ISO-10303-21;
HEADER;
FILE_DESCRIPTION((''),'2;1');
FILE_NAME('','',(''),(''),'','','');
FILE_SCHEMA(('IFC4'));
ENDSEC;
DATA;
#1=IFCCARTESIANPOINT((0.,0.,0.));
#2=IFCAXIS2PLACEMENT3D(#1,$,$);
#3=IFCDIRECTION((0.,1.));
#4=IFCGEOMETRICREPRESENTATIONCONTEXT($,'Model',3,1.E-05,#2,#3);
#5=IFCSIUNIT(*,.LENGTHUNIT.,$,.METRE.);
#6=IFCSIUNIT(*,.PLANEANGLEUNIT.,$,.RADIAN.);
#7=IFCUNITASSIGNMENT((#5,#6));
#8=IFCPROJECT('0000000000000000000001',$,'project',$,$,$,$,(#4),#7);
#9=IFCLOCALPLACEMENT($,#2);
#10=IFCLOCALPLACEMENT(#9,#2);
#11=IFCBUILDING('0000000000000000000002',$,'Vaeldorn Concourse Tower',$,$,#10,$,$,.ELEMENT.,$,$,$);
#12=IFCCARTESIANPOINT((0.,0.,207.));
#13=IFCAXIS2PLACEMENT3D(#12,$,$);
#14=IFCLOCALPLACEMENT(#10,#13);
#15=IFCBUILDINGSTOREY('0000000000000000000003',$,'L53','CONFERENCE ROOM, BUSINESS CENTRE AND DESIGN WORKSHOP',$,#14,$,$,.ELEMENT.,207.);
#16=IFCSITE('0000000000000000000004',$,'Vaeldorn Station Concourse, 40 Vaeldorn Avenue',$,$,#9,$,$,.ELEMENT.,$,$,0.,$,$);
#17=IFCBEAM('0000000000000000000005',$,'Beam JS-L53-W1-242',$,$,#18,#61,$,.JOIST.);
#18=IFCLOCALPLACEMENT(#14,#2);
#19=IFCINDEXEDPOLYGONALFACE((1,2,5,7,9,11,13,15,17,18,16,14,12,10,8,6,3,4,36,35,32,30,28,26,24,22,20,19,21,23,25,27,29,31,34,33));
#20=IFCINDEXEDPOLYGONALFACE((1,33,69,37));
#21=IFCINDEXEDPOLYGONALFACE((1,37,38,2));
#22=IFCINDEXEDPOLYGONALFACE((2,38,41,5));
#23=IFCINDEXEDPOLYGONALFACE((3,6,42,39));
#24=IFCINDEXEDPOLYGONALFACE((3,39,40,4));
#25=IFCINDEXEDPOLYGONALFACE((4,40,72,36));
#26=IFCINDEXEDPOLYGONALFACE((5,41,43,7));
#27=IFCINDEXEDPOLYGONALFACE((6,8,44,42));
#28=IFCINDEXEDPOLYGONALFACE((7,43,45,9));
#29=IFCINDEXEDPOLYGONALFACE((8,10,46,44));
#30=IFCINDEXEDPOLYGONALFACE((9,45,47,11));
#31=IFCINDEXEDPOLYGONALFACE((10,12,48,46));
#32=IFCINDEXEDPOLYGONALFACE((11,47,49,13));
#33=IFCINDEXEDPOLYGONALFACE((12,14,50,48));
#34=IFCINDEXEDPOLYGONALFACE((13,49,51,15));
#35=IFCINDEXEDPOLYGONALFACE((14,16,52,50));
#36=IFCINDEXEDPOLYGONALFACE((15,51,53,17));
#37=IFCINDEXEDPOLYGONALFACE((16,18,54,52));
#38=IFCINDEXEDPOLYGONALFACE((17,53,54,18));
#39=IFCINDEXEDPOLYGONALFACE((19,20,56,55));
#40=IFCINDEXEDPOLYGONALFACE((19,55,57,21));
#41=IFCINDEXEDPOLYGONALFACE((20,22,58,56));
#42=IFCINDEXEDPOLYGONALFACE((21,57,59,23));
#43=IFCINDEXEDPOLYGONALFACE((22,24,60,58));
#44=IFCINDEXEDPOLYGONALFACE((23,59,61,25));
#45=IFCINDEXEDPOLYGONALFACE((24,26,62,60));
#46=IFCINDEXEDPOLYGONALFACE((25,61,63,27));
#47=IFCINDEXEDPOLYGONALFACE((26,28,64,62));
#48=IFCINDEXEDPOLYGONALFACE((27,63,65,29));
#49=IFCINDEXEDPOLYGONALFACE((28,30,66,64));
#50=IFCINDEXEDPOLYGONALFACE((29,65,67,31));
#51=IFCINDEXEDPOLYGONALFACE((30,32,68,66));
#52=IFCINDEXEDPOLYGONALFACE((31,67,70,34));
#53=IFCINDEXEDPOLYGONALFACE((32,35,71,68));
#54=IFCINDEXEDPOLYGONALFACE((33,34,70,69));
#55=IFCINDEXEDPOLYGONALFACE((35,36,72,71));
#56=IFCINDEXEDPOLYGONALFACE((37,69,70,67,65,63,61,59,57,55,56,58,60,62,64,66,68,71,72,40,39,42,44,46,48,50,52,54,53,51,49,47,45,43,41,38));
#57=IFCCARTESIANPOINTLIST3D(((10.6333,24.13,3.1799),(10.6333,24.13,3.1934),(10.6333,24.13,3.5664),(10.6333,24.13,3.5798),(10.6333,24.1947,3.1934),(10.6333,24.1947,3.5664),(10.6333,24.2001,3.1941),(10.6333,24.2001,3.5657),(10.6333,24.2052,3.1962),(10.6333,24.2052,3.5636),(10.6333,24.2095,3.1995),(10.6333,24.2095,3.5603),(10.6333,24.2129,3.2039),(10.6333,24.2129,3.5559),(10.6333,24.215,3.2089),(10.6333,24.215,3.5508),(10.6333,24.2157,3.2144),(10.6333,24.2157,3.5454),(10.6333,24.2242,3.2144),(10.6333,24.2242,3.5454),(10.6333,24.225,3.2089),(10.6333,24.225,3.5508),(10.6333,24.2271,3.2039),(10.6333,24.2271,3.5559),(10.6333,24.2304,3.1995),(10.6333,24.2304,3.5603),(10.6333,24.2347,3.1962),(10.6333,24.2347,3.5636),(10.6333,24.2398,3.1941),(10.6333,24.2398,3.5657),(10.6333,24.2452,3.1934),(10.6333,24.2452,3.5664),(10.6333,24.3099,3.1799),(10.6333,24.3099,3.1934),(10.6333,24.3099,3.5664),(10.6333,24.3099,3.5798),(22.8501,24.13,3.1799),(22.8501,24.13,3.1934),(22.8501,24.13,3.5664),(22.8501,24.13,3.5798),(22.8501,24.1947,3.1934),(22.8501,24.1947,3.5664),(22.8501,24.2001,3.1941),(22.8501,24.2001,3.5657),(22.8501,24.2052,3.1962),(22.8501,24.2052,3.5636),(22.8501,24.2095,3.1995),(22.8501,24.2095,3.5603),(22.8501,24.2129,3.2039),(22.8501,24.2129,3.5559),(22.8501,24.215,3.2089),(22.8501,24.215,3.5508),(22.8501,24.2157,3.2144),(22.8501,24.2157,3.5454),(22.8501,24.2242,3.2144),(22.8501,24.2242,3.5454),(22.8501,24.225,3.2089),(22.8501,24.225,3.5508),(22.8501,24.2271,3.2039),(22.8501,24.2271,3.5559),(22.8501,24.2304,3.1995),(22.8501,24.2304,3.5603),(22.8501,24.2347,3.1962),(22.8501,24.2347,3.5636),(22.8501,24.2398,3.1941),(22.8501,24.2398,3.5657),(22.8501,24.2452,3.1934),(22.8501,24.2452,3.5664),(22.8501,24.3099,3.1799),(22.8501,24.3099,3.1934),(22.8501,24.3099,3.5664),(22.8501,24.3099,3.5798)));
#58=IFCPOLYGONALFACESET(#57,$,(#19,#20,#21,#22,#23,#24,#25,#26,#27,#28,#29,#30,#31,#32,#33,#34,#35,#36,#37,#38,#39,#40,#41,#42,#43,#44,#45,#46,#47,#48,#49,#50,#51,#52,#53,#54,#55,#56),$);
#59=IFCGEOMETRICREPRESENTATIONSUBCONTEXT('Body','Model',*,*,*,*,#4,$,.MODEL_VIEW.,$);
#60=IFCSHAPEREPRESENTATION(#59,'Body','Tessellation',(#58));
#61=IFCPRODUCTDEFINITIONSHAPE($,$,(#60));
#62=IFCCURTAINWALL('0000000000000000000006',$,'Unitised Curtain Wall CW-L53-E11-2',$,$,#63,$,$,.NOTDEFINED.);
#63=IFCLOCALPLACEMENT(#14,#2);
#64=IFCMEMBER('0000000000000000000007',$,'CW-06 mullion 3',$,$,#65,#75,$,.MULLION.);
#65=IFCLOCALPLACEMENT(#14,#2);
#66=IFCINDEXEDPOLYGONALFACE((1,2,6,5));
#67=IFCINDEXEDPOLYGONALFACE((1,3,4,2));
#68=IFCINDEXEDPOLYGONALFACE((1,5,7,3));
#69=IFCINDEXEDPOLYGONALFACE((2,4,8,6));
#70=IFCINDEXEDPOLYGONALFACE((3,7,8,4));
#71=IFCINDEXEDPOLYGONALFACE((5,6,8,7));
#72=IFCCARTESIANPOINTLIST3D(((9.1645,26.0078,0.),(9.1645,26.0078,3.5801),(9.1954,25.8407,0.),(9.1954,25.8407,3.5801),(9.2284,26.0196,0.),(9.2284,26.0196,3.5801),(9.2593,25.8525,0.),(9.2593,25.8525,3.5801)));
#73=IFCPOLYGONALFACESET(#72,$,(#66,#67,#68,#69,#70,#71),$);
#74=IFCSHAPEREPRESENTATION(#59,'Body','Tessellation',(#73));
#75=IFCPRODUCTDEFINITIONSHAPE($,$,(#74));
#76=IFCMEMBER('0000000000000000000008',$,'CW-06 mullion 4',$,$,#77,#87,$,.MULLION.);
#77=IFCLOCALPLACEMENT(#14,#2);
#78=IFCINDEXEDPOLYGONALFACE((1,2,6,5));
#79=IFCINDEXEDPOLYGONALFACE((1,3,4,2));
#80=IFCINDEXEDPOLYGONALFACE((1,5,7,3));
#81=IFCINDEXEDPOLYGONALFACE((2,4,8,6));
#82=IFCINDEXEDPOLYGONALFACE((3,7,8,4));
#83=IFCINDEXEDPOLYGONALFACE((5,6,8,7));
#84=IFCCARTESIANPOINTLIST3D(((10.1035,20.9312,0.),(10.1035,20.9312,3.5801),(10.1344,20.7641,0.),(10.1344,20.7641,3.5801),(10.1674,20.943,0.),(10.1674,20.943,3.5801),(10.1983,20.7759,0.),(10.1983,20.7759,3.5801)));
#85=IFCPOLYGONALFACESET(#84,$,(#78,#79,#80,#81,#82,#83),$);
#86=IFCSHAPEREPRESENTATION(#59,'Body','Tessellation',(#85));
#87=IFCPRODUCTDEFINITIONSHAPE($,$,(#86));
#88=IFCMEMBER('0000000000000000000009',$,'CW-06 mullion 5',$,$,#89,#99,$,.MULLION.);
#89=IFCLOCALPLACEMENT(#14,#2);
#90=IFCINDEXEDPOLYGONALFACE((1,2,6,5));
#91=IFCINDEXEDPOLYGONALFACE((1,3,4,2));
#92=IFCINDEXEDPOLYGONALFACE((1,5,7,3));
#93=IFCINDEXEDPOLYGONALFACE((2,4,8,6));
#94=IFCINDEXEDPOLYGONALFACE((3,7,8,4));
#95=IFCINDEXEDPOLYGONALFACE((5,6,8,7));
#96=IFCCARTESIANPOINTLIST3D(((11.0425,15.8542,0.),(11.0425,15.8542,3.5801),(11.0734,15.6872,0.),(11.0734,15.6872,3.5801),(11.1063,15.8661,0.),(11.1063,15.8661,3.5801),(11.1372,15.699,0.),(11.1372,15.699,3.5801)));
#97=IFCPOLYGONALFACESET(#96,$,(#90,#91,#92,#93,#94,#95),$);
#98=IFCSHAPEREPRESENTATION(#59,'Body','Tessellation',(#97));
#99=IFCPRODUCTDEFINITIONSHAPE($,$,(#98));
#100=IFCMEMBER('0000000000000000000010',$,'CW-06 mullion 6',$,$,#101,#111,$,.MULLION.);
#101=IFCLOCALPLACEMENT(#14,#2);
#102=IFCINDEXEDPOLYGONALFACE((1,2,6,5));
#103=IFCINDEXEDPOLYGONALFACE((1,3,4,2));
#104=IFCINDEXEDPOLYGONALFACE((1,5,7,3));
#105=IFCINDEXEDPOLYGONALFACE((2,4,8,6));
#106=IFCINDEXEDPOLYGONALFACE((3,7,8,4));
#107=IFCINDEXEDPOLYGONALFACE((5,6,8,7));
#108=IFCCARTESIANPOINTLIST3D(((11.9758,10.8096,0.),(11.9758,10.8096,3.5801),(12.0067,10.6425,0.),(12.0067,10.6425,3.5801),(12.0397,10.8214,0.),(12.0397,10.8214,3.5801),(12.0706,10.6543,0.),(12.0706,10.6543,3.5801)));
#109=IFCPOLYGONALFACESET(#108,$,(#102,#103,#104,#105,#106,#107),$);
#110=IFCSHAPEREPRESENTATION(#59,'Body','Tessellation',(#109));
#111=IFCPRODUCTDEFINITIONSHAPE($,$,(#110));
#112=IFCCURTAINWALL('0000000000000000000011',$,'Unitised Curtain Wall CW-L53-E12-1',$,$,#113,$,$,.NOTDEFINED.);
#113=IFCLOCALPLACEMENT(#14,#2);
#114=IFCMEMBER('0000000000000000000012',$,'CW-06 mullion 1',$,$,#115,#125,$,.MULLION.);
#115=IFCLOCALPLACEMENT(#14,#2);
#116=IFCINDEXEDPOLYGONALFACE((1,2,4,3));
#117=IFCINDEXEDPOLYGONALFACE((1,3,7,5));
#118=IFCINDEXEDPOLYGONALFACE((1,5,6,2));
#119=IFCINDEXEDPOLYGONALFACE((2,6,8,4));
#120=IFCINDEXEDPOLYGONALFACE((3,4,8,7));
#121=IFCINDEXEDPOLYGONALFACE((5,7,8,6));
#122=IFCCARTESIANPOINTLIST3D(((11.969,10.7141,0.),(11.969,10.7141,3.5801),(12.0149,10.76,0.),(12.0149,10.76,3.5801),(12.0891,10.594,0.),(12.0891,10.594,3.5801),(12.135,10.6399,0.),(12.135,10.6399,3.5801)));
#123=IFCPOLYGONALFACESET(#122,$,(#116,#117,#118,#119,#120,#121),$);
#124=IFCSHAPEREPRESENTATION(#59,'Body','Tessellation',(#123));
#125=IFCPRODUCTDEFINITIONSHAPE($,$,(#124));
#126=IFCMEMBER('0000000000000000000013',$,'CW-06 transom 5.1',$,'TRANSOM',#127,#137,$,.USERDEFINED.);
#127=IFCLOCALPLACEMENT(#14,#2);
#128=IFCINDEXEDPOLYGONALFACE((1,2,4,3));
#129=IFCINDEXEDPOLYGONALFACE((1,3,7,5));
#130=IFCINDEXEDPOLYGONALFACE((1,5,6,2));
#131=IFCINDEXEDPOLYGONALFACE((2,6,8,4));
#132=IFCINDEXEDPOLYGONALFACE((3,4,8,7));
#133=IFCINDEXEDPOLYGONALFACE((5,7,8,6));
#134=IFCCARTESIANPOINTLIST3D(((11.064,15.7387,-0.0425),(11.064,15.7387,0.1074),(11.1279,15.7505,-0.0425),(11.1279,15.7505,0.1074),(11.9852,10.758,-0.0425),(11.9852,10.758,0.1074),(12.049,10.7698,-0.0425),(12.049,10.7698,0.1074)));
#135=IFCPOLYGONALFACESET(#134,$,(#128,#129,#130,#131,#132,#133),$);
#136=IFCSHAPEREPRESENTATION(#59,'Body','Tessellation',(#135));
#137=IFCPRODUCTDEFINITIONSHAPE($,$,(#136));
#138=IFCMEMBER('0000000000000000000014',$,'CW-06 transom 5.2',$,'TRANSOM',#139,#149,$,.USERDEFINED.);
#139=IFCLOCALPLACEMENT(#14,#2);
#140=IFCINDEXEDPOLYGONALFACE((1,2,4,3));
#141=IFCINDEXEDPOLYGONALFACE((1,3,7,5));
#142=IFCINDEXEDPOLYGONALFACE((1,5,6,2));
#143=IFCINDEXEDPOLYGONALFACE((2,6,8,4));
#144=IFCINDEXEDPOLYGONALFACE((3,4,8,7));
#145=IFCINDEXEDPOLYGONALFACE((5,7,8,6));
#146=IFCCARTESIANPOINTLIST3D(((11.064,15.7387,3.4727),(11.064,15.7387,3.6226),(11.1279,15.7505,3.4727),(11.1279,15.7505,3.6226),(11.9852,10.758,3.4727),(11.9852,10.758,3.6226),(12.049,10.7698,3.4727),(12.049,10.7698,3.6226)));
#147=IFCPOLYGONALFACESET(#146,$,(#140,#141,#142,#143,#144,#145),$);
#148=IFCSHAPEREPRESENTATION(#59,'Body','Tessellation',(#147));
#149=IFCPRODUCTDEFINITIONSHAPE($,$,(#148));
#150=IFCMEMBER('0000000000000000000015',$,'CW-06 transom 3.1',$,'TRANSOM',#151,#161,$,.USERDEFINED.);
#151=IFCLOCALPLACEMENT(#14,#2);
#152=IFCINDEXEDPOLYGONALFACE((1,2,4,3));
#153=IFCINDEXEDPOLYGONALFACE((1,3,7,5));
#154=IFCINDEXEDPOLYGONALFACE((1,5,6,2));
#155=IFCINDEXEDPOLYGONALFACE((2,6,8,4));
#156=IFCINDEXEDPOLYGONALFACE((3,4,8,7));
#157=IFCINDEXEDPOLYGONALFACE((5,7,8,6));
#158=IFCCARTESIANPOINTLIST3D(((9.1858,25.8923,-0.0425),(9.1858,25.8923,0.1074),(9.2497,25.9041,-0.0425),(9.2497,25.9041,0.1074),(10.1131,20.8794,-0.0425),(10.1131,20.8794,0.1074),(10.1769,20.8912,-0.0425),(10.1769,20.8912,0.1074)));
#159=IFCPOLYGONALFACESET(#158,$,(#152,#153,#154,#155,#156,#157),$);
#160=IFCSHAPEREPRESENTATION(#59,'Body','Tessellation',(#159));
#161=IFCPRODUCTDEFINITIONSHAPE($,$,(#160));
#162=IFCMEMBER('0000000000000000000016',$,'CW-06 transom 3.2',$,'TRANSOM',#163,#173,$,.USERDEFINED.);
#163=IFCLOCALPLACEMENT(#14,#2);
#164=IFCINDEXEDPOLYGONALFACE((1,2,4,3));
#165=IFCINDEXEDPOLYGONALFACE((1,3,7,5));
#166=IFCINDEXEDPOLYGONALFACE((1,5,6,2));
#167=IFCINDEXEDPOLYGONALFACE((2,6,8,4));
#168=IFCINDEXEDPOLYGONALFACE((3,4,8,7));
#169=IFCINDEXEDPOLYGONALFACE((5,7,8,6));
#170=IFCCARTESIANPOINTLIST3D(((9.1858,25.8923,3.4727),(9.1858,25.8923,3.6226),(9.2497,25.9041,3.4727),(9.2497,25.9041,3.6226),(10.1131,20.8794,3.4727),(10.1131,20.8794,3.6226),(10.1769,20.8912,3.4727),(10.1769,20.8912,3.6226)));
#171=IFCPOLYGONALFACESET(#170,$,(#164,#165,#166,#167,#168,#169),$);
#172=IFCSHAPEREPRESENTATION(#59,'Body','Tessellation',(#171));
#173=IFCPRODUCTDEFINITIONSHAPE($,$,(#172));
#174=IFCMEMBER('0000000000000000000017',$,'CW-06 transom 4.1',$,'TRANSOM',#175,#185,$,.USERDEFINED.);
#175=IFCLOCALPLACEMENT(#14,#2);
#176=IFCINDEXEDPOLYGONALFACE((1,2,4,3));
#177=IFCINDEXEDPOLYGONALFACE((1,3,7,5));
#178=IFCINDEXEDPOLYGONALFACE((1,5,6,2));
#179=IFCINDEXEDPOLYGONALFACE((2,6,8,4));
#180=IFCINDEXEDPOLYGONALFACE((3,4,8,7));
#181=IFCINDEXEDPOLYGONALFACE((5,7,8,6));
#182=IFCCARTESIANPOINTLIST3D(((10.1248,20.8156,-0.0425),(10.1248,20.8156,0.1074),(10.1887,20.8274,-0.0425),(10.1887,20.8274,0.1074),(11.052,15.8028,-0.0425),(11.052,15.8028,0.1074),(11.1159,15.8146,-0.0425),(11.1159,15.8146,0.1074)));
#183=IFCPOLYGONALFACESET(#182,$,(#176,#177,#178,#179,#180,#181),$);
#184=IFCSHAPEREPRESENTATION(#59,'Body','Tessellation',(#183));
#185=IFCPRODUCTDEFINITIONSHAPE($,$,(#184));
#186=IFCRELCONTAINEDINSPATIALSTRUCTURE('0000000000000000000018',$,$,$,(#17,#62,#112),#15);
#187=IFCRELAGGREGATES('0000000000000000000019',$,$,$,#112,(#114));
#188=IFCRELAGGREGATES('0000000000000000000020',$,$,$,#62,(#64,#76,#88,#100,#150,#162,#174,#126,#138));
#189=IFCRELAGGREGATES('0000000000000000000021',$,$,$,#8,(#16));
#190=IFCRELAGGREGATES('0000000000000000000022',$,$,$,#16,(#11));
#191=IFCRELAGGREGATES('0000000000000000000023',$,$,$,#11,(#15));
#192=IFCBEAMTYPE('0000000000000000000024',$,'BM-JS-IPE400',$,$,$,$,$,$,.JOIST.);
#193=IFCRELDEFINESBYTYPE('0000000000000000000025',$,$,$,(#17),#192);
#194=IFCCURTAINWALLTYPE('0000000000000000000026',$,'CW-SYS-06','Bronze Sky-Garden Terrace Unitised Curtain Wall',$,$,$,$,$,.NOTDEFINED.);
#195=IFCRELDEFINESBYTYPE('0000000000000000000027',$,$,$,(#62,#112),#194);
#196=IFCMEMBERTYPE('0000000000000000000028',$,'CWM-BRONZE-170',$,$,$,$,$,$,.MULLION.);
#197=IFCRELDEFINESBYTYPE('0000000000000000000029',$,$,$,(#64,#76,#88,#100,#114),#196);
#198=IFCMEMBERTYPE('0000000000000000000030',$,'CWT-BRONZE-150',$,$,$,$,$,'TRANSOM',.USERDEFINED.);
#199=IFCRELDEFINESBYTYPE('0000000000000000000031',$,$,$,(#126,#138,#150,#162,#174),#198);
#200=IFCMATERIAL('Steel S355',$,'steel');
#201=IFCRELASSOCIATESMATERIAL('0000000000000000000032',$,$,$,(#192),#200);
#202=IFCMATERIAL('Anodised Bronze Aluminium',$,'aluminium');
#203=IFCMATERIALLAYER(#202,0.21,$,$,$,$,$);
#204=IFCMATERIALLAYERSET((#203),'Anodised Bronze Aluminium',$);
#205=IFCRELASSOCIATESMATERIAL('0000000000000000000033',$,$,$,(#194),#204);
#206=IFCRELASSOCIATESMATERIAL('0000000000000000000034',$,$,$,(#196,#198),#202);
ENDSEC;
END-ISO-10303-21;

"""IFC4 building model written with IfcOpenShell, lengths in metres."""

from ifc_helpers import new_model, si_unit, direction, frame, origin, origin_2d, place, context, subcontext, project, spatial, rectangle, i_section, extrude, source, transform, mapped, material, layer, layer_set, material_profile, profile_set, type_object, element, aggregate, save


model = new_model("IFC4")

# Units and contexts
model_context = context("Model", 3, precision=1e-05, world=origin(), true_north=direction((0.0, 1.0)))
body_context = subcontext(model_context, "Body", "Model", "MODEL_VIEW")
ifc_project = project(units=[si_unit("LENGTHUNIT", "METRE"), si_unit("PLANEANGLEUNIT", "RADIAN")], contexts=[model_context])

# Site, building, storey
site_placement = place(None, origin())
site = spatial("IfcSite", under=ifc_project, at=site_placement, Name="Vaeldorn Station Concourse, 40 Vaeldorn Avenue", CompositionType="ELEMENT", RefElevation=0.0)
building_placement = place(site_placement, origin())
building = spatial("IfcBuilding", under=site, at=building_placement, Name="Vaeldorn Concourse Tower", CompositionType="ELEMENT")
storey_placement = place(building_placement, frame((0.0, 0.0, 207.0)))
storey = spatial("IfcBuildingStorey", under=building, at=storey_placement, Name="L53", Description="CONFERENCE ROOM, BUSINESS CENTRE AND DESIGN WORKSHOP", CompositionType="ELEMENT", Elevation=207.0)

# Shared definitions
ifc_material_1 = material(Name="Steel S355", Category="steel")

# Beam
ifc_material_profile_1 = material_profile(ifc_material_1, i_section(OverallWidth=0.1799, OverallDepth=0.3999, WebThickness=0.0085, FlangeThickness=0.0134, FilletRadius=0.021, at=origin_2d()), Name="IPE 400")
ifc_profile_set_1 = profile_set([ifc_material_profile_1], Name="Steel S355")
beam_type_1 = type_object("IfcBeamType", Name="BM-JS-IPE400", PredefinedType="JOIST", material=ifc_profile_set_1)
shared_shape_1 = source(origin(), body_context, "Body", "SweptSolid", [
    extrude(i_section(OverallWidth=0.1799, OverallDepth=0.3999, WebThickness=0.0085, FlangeThickness=0.0134, FilletRadius=0.021, at=origin_2d()), origin(), (0.0, 0.0, 1.0), 12.2168),
])
beam_1_placement = place(storey_placement, frame((10.6333, 24.22, 3.3799), z_axis=(1.0, 0.0, 0.0), x_axis=(0.0, 1.0, 0.0)))
element("IfcBeam", 1, at=beam_1_placement, inside=storey, type_object=beam_type_1, Name="Beam JS-L53-W1-242", PredefinedType="JOIST", context=body_context, shape_type="MappedRepresentation", body=[
    mapped(shared_shape_1, transform((0.0, 0.0, 0.0), scale=1.0)),
])

# Curtain wall, members
ifc_material_2 = material(Name="Anodised Bronze Aluminium", Category="aluminium")
ifc_layer_1 = layer(ifc_material_2, 0.21)
ifc_layer_set_1 = layer_set([ifc_layer_1], Name="Anodised Bronze Aluminium")
curtain_wall_type = type_object("IfcCurtainWallType", Name="CW-SYS-06", Description="Bronze Sky-Garden Terrace Unitised Curtain Wall", PredefinedType="NOTDEFINED", material=ifc_layer_set_1)
curtain_wall_1_placement = place(storey_placement, origin())
curtain_wall_1 = element("IfcCurtainWall", 2, at=curtain_wall_1_placement, inside=storey, type_object=curtain_wall_type, Name="Unitised Curtain Wall CW-L53-E11-2", PredefinedType="NOTDEFINED")
ifc_material_profile_2 = material_profile(ifc_material_2, rectangle(XDim=0.0649, YDim=0.1699, at=origin_2d()), Name="CWM 65x170")
ifc_profile_set_2 = profile_set([ifc_material_profile_2], Name="Anodised Bronze Aluminium")
member_type_1 = type_object("IfcMemberType", Name="CWM-BRONZE-170", PredefinedType="MULLION", material=ifc_profile_set_2)
shared_shape_2 = source(origin(), body_context, "Body", "SweptSolid", [
    extrude(rectangle(XDim=0.0649, YDim=0.1699, at=origin_2d()), origin(), (0.0, 0.0, 1.0), 3.5801),
])
member_1_placement = place(storey_placement, frame((9.2119, 25.9302, 0.0), z_axis=(0.0, 0.0, 1.0), x_axis=(0.983319, 0.181889, 0.0)))
member_1 = element("IfcMember", 3, at=member_1_placement, type_object=member_type_1, Name="CW-06 mullion 3", PredefinedType="MULLION", context=body_context, shape_type="MappedRepresentation", body=[
    mapped(shared_shape_2, transform((0.0, 0.0, 0.0), scale=1.0)),
])
member_2_placement = place(storey_placement, frame((10.1509, 20.8535, 0.0), z_axis=(0.0, 0.0, 1.0), x_axis=(0.983319, 0.181889, 0.0)))
member_2 = element("IfcMember", 4, at=member_2_placement, type_object=member_type_1, Name="CW-06 mullion 4", PredefinedType="MULLION", context=body_context, shape_type="MappedRepresentation", body=[
    mapped(shared_shape_2, transform((0.0, 0.0, 0.0), scale=1.0)),
])
member_3_placement = place(storey_placement, frame((11.0898, 15.7766, 0.0), z_axis=(0.0, 0.0, 1.0), x_axis=(0.983319, 0.181889, 0.0)))
member_3 = element("IfcMember", 5, at=member_3_placement, type_object=member_type_1, Name="CW-06 mullion 5", PredefinedType="MULLION", context=body_context, shape_type="MappedRepresentation", body=[
    mapped(shared_shape_2, transform((0.0, 0.0, 0.0), scale=1.0)),
])
member_4_placement = place(storey_placement, frame((12.0232, 10.7319, 0.0), z_axis=(0.0, 0.0, 1.0), x_axis=(0.983319, 0.181889, 0.0)))
member_4 = element("IfcMember", 6, at=member_4_placement, type_object=member_type_1, Name="CW-06 mullion 6", PredefinedType="MULLION", context=body_context, shape_type="MappedRepresentation", body=[
    mapped(shared_shape_2, transform((0.0, 0.0, 0.0), scale=1.0)),
])

# Curtain wall, member
curtain_wall_2_placement = place(storey_placement, origin())
curtain_wall_2 = element("IfcCurtainWall", 7, at=curtain_wall_2_placement, inside=storey, type_object=curtain_wall_type, Name="Unitised Curtain Wall CW-L53-E12-1", PredefinedType="NOTDEFINED")
member_5_placement = place(storey_placement, frame((12.052, 10.677, 0.0), z_axis=(0.0, 0.0, 1.0), x_axis=(0.707107, 0.707107, 0.0)))
member_5 = element("IfcMember", 8, at=member_5_placement, type_object=member_type_1, Name="CW-06 mullion 1", PredefinedType="MULLION", context=body_context, shape_type="MappedRepresentation", body=[
    mapped(shared_shape_2, transform((0.0, 0.0, 0.0), scale=1.0)),
])
aggregate(curtain_wall_2, [member_5])

# Members
ifc_material_profile_3 = material_profile(ifc_material_2, rectangle(XDim=0.0649, YDim=0.1499, at=origin_2d()), Name="CWT 65x150")
ifc_profile_set_3 = profile_set([ifc_material_profile_3], Name="Anodised Bronze Aluminium")
member_type_2 = type_object("IfcMemberType", Name="CWT-BRONZE-150", ElementType="TRANSOM", PredefinedType="USERDEFINED", material=ifc_profile_set_3)
shared_shape_3 = source(origin(), body_context, "Body", "SweptSolid", [
    extrude(rectangle(XDim=0.0649, YDim=0.1499, at=origin_2d()), origin(), (0.0, 0.0, 1.0), 5.0652),
])
member_6_placement = place(storey_placement, frame((11.0959, 15.7446, 0.0325), z_axis=(0.181858, -0.983325, 0.0), x_axis=(0.983325, 0.181858, 0.0)))
member_6 = element("IfcMember", 9, at=member_6_placement, type_object=member_type_2, Name="CW-06 transom 5.1", ObjectType="TRANSOM", PredefinedType="USERDEFINED", context=body_context, shape_type="MappedRepresentation", body=[
    mapped(shared_shape_3, transform((0.0, 0.0, 0.0), scale=1.0)),
])
member_7_placement = place(storey_placement, frame((11.0959, 15.7446, 3.5476), z_axis=(0.181858, -0.983325, 0.0), x_axis=(0.983325, 0.181858, 0.0)))
member_7 = element("IfcMember", 10, at=member_7_placement, type_object=member_type_2, Name="CW-06 transom 5.2", ObjectType="TRANSOM", PredefinedType="USERDEFINED", context=body_context, shape_type="MappedRepresentation", body=[
    mapped(shared_shape_3, transform((0.0, 0.0, 0.0), scale=1.0)),
])
shared_shape_4 = source(origin(), body_context, "Body", "SweptSolid", [
    extrude(rectangle(XDim=0.0649, YDim=0.1499, at=origin_2d()), origin(), (0.0, 0.0, 1.0), 5.0979),
])
member_8_placement = place(storey_placement, frame((9.2178, 25.8982, 0.0325), z_axis=(0.181885, -0.98332, 0.0), x_axis=(0.98332, 0.181885, 0.0)))
member_8 = element("IfcMember", 11, at=member_8_placement, type_object=member_type_2, Name="CW-06 transom 3.1", ObjectType="TRANSOM", PredefinedType="USERDEFINED", context=body_context, shape_type="MappedRepresentation", body=[
    mapped(shared_shape_4, transform((0.0, 0.0, 0.0), scale=1.0)),
])
member_9_placement = place(storey_placement, frame((9.2178, 25.8982, 3.5476), z_axis=(0.181885, -0.98332, 0.0), x_axis=(0.98332, 0.181885, 0.0)))
member_9 = element("IfcMember", 12, at=member_9_placement, type_object=member_type_2, Name="CW-06 transom 3.2", ObjectType="TRANSOM", PredefinedType="USERDEFINED", context=body_context, shape_type="MappedRepresentation", body=[
    mapped(shared_shape_4, transform((0.0, 0.0, 0.0), scale=1.0)),
])
member_10_placement = place(storey_placement, frame((10.1567, 20.8215, 0.0325), z_axis=(0.181885, -0.98332, 0.0), x_axis=(0.98332, 0.181885, 0.0)))
member_10 = element("IfcMember", 13, at=member_10_placement, type_object=member_type_2, Name="CW-06 transom 4.1", ObjectType="TRANSOM", PredefinedType="USERDEFINED", context=body_context, shape_type="MappedRepresentation", body=[
    mapped(shared_shape_4, transform((0.0, 0.0, 0.0), scale=1.0)),
])

aggregate(curtain_wall_1, [member_1, member_2, member_3, member_4, member_8, member_9, member_10, member_6, member_7])

save(model, "model.ifc")
